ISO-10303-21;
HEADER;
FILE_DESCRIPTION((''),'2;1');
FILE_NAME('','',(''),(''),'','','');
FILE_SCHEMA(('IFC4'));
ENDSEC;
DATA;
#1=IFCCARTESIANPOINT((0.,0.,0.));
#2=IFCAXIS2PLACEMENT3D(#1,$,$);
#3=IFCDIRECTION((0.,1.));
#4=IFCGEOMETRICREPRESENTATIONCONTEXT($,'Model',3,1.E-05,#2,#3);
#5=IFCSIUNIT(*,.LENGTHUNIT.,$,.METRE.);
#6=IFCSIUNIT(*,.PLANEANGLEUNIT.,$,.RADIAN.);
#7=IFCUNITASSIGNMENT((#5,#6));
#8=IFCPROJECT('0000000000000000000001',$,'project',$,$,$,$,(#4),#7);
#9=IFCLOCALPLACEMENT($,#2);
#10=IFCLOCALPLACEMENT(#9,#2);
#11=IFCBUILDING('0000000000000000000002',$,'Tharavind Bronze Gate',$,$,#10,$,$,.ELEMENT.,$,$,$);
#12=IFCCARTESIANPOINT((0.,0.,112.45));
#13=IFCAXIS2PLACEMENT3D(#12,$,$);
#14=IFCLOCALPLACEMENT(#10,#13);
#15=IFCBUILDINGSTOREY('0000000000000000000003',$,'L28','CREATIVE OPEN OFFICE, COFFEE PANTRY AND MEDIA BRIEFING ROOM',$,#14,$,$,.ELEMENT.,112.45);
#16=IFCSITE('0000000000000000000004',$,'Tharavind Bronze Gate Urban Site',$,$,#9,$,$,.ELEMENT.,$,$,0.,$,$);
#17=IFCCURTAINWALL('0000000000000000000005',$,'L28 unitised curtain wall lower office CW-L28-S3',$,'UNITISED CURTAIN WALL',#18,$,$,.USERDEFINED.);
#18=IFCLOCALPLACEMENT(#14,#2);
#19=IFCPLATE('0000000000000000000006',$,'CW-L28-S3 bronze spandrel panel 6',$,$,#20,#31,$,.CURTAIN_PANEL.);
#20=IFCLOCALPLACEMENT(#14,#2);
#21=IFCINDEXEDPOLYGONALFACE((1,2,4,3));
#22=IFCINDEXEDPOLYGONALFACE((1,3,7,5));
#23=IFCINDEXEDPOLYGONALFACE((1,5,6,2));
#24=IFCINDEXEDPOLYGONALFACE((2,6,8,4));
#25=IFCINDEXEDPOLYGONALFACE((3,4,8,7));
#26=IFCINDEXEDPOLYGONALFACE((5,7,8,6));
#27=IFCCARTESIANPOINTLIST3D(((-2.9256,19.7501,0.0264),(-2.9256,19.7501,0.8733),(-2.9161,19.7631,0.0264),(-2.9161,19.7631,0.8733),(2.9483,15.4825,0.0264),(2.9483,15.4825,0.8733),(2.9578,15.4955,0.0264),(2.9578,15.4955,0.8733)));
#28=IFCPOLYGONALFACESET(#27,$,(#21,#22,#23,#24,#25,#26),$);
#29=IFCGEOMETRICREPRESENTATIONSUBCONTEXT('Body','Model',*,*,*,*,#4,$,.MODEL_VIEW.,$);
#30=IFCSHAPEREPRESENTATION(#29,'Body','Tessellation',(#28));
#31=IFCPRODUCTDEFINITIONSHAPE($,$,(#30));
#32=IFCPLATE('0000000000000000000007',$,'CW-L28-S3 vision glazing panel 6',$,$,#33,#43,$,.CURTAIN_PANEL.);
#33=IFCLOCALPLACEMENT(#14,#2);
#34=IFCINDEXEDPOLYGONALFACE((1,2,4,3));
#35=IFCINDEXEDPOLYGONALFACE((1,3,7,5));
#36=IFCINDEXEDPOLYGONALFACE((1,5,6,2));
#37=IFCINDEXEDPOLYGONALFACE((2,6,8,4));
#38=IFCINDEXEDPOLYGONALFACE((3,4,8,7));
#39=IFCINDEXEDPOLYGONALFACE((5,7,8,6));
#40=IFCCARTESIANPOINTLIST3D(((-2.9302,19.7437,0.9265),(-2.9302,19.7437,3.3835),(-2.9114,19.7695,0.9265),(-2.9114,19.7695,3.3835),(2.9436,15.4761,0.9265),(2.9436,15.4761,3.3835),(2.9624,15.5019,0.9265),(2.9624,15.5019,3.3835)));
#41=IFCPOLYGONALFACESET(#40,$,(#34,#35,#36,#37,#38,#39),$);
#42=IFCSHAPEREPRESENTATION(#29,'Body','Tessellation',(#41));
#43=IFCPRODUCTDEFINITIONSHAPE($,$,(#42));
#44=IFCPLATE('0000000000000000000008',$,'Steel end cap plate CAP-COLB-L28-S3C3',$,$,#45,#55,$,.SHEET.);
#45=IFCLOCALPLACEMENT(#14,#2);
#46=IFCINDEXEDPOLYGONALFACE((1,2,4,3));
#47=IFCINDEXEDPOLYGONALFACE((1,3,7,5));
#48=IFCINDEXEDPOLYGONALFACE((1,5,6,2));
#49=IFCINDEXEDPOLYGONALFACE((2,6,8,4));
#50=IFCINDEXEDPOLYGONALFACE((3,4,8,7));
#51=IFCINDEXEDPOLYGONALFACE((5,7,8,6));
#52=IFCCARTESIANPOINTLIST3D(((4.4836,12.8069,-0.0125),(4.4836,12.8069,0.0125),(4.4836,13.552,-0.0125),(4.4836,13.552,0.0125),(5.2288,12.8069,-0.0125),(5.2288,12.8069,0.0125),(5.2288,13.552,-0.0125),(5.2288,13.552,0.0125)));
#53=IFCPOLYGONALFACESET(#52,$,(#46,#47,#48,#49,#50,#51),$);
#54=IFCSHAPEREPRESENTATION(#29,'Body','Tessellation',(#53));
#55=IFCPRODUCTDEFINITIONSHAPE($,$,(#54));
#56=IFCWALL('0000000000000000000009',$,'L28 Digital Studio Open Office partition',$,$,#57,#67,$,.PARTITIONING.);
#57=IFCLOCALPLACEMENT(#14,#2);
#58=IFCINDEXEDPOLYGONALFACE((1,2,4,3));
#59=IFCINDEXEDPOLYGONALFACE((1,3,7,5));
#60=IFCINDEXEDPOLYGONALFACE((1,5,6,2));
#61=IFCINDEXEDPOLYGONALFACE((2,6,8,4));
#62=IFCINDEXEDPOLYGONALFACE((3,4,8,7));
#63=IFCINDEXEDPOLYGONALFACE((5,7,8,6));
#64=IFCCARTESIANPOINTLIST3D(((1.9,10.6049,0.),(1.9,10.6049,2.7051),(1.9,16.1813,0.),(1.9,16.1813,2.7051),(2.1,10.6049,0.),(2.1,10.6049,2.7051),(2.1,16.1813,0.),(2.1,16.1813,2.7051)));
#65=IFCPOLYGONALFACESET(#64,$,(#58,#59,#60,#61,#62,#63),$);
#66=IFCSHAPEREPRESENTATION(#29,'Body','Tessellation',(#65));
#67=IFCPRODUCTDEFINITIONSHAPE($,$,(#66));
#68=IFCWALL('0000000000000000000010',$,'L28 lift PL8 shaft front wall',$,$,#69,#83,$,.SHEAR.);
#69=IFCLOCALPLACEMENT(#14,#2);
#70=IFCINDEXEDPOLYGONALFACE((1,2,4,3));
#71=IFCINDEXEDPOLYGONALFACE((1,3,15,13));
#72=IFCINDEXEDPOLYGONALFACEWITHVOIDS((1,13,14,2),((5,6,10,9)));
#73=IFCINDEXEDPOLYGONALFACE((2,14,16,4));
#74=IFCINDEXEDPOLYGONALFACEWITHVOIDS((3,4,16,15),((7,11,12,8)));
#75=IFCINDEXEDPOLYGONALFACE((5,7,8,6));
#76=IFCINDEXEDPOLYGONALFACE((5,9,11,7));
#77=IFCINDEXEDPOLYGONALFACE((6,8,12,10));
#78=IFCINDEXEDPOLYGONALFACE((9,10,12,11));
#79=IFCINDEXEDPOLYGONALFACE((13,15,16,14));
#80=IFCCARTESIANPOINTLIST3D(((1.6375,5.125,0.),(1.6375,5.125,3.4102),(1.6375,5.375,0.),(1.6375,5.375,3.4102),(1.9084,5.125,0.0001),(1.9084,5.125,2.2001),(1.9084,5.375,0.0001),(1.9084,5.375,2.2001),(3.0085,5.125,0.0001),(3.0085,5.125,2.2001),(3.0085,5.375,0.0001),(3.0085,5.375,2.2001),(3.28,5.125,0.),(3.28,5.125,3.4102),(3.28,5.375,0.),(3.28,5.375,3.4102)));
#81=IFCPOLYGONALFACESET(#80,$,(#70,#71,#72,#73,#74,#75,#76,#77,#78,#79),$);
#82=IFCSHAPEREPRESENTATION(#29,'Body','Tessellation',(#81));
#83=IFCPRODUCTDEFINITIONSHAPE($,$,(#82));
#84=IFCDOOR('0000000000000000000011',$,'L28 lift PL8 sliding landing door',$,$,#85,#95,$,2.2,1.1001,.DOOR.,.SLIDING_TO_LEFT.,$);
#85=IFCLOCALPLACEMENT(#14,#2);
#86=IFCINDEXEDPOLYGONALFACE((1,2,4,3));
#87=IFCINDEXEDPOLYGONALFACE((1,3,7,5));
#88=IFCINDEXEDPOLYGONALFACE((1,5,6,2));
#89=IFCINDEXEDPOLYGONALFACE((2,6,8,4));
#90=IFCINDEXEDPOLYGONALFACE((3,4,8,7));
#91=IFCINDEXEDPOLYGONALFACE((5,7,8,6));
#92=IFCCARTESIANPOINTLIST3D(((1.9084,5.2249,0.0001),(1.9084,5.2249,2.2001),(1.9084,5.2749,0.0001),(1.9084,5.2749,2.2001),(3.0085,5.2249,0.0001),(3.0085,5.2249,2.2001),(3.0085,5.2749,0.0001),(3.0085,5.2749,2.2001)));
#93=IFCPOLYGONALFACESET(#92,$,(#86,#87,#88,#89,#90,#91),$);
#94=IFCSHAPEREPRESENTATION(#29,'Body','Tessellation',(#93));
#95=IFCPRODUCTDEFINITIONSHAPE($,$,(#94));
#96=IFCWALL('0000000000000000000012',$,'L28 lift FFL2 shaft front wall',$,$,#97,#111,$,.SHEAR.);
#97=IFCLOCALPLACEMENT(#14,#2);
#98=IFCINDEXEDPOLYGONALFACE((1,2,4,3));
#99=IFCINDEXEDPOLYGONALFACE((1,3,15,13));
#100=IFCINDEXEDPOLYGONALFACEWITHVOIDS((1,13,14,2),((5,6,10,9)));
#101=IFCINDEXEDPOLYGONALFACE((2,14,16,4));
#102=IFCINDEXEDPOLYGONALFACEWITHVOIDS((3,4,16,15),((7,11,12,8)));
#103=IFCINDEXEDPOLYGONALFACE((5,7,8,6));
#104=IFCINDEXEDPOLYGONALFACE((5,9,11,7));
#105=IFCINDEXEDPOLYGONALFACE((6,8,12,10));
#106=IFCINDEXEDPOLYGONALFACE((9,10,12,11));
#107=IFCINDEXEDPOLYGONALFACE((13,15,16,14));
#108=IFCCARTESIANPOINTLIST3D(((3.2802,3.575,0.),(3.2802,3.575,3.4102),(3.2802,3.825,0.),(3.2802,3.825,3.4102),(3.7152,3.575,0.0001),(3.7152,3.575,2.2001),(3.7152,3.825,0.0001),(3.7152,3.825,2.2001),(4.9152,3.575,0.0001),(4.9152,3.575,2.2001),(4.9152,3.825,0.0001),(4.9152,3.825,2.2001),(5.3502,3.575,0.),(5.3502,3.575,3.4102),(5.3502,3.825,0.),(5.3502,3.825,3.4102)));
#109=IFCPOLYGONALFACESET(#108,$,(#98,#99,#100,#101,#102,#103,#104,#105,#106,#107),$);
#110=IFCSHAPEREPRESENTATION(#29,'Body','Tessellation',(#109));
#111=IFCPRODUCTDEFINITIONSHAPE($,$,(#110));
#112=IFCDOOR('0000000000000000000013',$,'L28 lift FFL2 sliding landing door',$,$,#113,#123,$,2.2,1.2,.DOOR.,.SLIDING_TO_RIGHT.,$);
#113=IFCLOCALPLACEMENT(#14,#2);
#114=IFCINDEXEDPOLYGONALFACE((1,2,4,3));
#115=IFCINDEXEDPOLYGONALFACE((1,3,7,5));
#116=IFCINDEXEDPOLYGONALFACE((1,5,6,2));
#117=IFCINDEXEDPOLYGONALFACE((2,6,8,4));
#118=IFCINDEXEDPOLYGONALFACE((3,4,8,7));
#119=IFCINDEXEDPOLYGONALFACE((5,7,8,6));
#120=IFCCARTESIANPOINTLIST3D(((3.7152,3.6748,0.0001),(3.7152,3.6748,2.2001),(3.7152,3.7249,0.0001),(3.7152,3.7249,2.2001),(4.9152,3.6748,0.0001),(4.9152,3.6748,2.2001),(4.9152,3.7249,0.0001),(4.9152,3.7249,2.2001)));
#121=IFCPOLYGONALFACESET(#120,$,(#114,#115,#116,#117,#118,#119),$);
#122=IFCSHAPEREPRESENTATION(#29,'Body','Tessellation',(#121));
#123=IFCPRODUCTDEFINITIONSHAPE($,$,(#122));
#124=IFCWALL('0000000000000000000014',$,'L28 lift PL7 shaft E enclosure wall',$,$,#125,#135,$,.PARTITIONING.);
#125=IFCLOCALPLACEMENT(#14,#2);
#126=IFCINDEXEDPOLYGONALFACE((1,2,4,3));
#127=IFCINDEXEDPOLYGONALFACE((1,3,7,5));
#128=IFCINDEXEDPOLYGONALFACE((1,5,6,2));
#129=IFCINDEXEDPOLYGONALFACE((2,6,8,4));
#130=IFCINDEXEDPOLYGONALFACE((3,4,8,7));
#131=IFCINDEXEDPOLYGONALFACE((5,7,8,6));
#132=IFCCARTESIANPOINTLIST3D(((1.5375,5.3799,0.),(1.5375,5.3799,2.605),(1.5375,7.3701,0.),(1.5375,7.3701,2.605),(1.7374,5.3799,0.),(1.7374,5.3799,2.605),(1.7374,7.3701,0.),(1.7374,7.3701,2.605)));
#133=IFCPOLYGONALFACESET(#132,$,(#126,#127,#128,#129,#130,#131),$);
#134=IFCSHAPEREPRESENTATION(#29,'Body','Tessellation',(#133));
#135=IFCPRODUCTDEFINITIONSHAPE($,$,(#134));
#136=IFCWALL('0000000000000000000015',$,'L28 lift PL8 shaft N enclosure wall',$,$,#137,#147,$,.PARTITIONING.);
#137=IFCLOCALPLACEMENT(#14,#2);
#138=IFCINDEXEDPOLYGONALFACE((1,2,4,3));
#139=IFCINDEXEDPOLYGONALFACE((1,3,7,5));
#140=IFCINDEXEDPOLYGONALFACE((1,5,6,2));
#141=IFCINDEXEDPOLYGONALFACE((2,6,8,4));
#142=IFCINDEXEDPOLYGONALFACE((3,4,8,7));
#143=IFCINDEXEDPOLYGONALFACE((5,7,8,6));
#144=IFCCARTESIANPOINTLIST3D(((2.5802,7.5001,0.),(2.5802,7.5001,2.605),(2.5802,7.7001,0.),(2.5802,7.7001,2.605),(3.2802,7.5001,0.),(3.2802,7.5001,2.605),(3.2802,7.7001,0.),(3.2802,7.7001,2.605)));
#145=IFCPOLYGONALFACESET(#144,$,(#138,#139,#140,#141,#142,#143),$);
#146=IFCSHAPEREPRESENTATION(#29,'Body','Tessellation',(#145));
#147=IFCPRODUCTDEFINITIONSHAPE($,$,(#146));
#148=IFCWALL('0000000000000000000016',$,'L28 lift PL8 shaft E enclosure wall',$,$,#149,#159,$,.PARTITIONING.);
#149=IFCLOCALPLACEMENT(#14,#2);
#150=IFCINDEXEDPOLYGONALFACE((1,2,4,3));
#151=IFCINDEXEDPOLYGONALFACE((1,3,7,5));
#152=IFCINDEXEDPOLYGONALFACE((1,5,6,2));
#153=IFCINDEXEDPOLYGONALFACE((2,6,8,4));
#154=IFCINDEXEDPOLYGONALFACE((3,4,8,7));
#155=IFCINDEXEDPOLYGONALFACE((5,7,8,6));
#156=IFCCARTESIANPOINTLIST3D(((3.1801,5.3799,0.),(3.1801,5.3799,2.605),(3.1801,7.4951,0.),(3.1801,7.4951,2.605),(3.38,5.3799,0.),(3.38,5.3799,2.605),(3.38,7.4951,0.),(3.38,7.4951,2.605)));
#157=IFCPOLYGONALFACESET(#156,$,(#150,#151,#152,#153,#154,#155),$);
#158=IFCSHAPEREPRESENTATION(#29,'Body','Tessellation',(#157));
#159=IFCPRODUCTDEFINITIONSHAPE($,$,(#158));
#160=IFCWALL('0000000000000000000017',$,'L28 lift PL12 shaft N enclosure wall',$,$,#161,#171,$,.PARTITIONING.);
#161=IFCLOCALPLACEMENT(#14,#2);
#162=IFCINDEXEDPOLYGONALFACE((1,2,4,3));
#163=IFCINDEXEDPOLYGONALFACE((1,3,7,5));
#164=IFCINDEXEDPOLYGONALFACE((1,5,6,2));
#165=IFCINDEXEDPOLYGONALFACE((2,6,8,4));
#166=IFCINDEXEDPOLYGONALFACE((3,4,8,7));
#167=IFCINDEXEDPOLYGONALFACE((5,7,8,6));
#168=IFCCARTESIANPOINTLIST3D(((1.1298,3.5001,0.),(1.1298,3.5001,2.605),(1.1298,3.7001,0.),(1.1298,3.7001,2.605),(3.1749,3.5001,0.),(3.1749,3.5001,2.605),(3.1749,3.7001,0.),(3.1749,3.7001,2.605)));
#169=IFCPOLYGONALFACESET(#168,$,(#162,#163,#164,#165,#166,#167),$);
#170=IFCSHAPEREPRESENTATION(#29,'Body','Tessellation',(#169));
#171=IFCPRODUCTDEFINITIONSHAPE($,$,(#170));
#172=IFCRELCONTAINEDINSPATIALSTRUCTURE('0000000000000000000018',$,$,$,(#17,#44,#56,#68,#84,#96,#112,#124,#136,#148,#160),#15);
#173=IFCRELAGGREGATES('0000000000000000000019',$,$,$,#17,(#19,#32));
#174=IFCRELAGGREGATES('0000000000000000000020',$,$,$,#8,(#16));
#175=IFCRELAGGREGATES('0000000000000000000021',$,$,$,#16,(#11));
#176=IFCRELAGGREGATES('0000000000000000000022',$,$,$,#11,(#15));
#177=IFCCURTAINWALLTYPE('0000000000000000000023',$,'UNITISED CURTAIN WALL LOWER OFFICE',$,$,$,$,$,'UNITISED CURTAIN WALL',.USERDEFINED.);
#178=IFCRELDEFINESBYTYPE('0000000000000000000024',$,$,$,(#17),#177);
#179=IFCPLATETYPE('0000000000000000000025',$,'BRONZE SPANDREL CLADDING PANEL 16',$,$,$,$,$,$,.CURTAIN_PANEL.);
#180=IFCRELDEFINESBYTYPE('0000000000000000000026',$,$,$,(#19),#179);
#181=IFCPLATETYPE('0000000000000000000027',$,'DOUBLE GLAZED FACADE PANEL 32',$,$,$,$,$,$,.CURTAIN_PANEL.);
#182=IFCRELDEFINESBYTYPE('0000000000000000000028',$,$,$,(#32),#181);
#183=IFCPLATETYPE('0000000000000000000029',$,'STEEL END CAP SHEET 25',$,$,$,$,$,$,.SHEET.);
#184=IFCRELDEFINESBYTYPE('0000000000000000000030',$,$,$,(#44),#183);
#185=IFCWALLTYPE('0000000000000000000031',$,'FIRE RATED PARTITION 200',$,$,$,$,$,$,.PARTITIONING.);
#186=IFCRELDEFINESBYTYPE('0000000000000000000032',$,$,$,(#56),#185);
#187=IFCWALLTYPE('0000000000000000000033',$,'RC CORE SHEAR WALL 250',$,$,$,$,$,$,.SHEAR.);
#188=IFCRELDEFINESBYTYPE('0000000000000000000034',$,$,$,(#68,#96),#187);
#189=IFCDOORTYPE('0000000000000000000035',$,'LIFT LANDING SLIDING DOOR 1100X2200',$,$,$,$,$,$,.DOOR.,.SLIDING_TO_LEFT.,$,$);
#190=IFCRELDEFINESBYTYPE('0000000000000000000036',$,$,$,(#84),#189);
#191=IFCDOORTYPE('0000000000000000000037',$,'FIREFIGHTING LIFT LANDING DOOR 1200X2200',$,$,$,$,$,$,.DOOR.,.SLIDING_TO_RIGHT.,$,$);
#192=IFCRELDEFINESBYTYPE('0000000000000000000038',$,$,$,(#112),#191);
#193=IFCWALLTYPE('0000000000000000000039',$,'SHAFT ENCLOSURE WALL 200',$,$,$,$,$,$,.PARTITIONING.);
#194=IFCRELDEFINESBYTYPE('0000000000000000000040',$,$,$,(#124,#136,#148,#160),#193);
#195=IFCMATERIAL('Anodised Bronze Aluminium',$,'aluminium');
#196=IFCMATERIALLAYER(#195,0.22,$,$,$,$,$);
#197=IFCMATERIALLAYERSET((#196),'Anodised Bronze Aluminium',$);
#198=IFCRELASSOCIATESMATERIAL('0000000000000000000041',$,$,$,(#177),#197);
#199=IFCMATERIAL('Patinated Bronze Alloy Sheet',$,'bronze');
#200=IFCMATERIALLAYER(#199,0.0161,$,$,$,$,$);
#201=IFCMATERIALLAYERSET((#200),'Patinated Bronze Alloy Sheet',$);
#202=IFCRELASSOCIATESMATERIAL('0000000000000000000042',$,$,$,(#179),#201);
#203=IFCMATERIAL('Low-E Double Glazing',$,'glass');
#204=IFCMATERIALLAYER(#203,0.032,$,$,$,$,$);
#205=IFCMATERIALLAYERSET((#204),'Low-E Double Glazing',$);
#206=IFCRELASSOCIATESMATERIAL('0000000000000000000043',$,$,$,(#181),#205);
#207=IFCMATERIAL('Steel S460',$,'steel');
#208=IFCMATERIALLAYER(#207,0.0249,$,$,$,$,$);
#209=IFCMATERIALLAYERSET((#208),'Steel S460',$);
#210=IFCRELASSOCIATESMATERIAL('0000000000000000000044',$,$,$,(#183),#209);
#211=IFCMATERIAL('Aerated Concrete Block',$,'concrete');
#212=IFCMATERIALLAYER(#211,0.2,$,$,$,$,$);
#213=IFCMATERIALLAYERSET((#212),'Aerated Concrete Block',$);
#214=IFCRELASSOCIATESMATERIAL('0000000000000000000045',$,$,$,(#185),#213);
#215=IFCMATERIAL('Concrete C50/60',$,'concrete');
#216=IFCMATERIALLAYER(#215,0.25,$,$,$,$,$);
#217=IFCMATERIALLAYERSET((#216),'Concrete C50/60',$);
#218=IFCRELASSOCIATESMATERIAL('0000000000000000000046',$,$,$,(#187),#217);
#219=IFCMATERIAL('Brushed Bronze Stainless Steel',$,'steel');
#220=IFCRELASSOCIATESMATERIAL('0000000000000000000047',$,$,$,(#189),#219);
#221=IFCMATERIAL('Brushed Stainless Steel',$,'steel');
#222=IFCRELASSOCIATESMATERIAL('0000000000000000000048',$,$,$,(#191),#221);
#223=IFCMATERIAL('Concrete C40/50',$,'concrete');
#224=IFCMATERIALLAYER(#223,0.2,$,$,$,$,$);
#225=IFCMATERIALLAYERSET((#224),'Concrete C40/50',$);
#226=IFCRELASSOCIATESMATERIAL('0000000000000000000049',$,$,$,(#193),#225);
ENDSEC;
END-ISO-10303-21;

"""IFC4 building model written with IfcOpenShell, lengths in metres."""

from ifc_helpers import new_model, si_unit, direction, frame, frame_2d, origin, origin_2d, place, context, subcontext, project, spatial, rectangle, extrude, material, layer, layer_set, type_object, element, fill, aggregate, save


model = new_model("IFC4")

# Units and contexts
model_context = context("Model", 3, precision=1e-05, world=origin(), true_north=direction((0.0, 1.0)))
body_context = subcontext(model_context, "Body", "Model", "MODEL_VIEW")
ifc_project = project(units=[si_unit("LENGTHUNIT", "METRE"), si_unit("PLANEANGLEUNIT", "RADIAN")], contexts=[model_context])

# Site, building, storey
site_placement = place(None, origin())
site = spatial("IfcSite", under=ifc_project, at=site_placement, Name="Tharavind Bronze Gate Urban Site", CompositionType="ELEMENT", RefElevation=0.0)
building_placement = place(site_placement, origin())
building = spatial("IfcBuilding", under=site, at=building_placement, Name="Tharavind Bronze Gate", CompositionType="ELEMENT")
storey_placement = place(building_placement, frame((0.0, 0.0, 112.45)))
storey = spatial("IfcBuildingStorey", under=building, at=storey_placement, Name="L28", Description="CREATIVE OPEN OFFICE, COFFEE PANTRY AND MEDIA BRIEFING ROOM", CompositionType="ELEMENT", Elevation=112.45)

# Shared definitions
ifc_material_1 = material(Name="Steel S460", Category="steel")

# Curtain wall
ifc_material_2 = material(Name="Anodised Bronze Aluminium", Category="aluminium")
ifc_layer_1 = layer(ifc_material_2, 0.22)
ifc_layer_set_1 = layer_set([ifc_layer_1], Name="Anodised Bronze Aluminium")
curtain_wall_type = type_object("IfcCurtainWallType", Name="UNITISED CURTAIN WALL LOWER OFFICE", ElementType="UNITISED CURTAIN WALL", PredefinedType="USERDEFINED", material=ifc_layer_set_1)
curtain_wall_placement = place(storey_placement, origin())
curtain_wall = element("IfcCurtainWall", 1, at=curtain_wall_placement, inside=storey, type_object=curtain_wall_type, Name="L28 unitised curtain wall lower office CW-L28-S3", ObjectType="UNITISED CURTAIN WALL", PredefinedType="USERDEFINED")

# Plates
ifc_material_3 = material(Name="Patinated Bronze Alloy Sheet", Category="bronze")
ifc_layer_2 = layer(ifc_material_3, 0.0161)
ifc_layer_set_2 = layer_set([ifc_layer_2], Name="Patinated Bronze Alloy Sheet")
plate_type_1 = type_object("IfcPlateType", Name="BRONZE SPANDREL CLADDING PANEL 16", PredefinedType="CURTAIN_PANEL", material=ifc_layer_set_2)
plate_1_placement = place(storey_placement, frame((0.0161, 17.6228, 0.0264), z_axis=(0.0, 0.0, 1.0), x_axis=(-0.809017, 0.587785, 0.0)))
plate_1 = element("IfcPlate", 2, at=plate_1_placement, type_object=plate_type_1, Name="CW-L28-S3 bronze spandrel panel 6", PredefinedType="CURTAIN_PANEL", context=body_context, shape_type="SweptSolid", body=[
    extrude(rectangle(XDim=7.2605, YDim=0.0161, at=origin_2d()), origin(), (0.0, 0.0, 1.0), 0.8469),
])
ifc_material_4 = material(Name="Low-E Double Glazing", Category="glass")
ifc_layer_3 = layer(ifc_material_4, 0.032)
ifc_layer_set_3 = layer_set([ifc_layer_3], Name="Low-E Double Glazing")
plate_type_2 = type_object("IfcPlateType", Name="DOUBLE GLAZED FACADE PANEL 32", PredefinedType="CURTAIN_PANEL", material=ifc_layer_set_3)
plate_2_placement = place(storey_placement, frame((0.0161, 17.6228, 0.9265), z_axis=(0.0, 0.0, 1.0), x_axis=(-0.809017, 0.587785, 0.0)))
plate_2 = element("IfcPlate", 3, at=plate_2_placement, type_object=plate_type_2, Name="CW-L28-S3 vision glazing panel 6", PredefinedType="CURTAIN_PANEL", context=body_context, shape_type="SweptSolid", body=[
    extrude(rectangle(XDim=7.2605, YDim=0.032, at=origin_2d()), origin(), (0.0, 0.0, 1.0), 2.457),
])
aggregate(curtain_wall, [plate_1, plate_2])
ifc_layer_4 = layer(ifc_material_1, 0.0249)
ifc_layer_set_4 = layer_set([ifc_layer_4], Name="Steel S460")
plate_type_3 = type_object("IfcPlateType", Name="STEEL END CAP SHEET 25", PredefinedType="SHEET", material=ifc_layer_set_4)
plate_3_placement = place(storey_placement, frame((4.8562, 13.1794, -0.0125), z_axis=(0.0, 0.0, 1.0), x_axis=(1.0, 0.0, 0.0)))
element("IfcPlate", 4, at=plate_3_placement, inside=storey, type_object=plate_type_3, Name="Steel end cap plate CAP-COLB-L28-S3C3", PredefinedType="SHEET", context=body_context, shape_type="SweptSolid", body=[
    extrude(rectangle(XDim=0.7451, YDim=0.7451, at=origin_2d()), origin(), (0.0, 0.0, 1.0), 0.0249),
])

# Wall
ifc_material_5 = material(Name="Aerated Concrete Block", Category="concrete")
ifc_layer_5 = layer(ifc_material_5, 0.2)
ifc_layer_set_5 = layer_set([ifc_layer_5], Name="Aerated Concrete Block")
wall_type_1 = type_object("IfcWallType", Name="FIRE RATED PARTITION 200", PredefinedType="PARTITIONING", material=ifc_layer_set_5)
wall_1_placement = place(storey_placement, frame((2.0, 10.605, 0.0), z_axis=(0.0, 0.0, 1.0), x_axis=(0.0, 1.0, 0.0)))
element("IfcWall", 5, at=wall_1_placement, inside=storey, type_object=wall_type_1, Name="L28 Digital Studio Open Office partition", PredefinedType="PARTITIONING", context=body_context, shape_type="SweptSolid", body=[
    extrude(rectangle(XDim=5.5764, YDim=0.2, at=frame_2d((2.7881, 0.0))), origin(), (0.0, 0.0, 1.0), 2.7051),
])

# Walls, openings, doors
ifc_material_6 = material(Name="Concrete C50/60", Category="concrete")
ifc_layer_6 = layer(ifc_material_6, 0.25)
ifc_layer_set_6 = layer_set([ifc_layer_6], Name="Concrete C50/60")
wall_type_2 = type_object("IfcWallType", Name="RC CORE SHEAR WALL 250", PredefinedType="SHEAR", material=ifc_layer_set_6)
wall_2_placement = place(storey_placement, frame((1.6375, 5.25, 0.0), z_axis=(0.0, 0.0, 1.0), x_axis=(1.0, 0.0, 0.0)))
wall_2 = element("IfcWall", 6, at=wall_2_placement, inside=storey, type_object=wall_type_2, Name="L28 lift PL8 shaft front wall", PredefinedType="SHEAR", context=body_context, shape_type="SweptSolid", body=[
    extrude(rectangle(XDim=1.6426, YDim=0.25, at=frame_2d((0.8213, 0.0))), origin(), (0.0, 0.0, 1.0), 3.4102),
])
opening_1_placement = place(wall_2_placement, frame((0.271, 0.0, 0.0)))
opening_1 = element("IfcOpeningElement", 7, at=opening_1_placement, cuts=wall_2, PredefinedType="OPENING", context=body_context, shape_type="SweptSolid", body=[
    extrude(rectangle(XDim=1.1001, YDim=2.2, at=frame_2d((0.55, 1.1001))), frame((0.0, 0.135, 0.0), z_axis=(0.0, -1.0, 0.0), x_axis=(1.0, 0.0, 0.0)), (0.0, 0.0, 1.0), 0.27),
])
ifc_material_7 = material(Name="Brushed Bronze Stainless Steel", Category="steel")
door_type_1 = type_object("IfcDoorType", Name="LIFT LANDING SLIDING DOOR 1100X2200", OperationType="SLIDING_TO_LEFT", PredefinedType="DOOR", material=ifc_material_7)
door_1_placement = place(opening_1_placement, origin())
door_1 = element("IfcDoor", 8, at=door_1_placement, inside=storey, type_object=door_type_1, Name="L28 lift PL8 sliding landing door", OperationType="SLIDING_TO_LEFT", OverallHeight=2.2, OverallWidth=1.1001, PredefinedType="DOOR", context=body_context, shape_type="SweptSolid", body=[
    extrude(rectangle(XDim=1.1001, YDim=2.2, at=frame_2d((0.55, 1.1001))), frame((0.0, 0.0249, 0.0), z_axis=(0.0, -1.0, 0.0), x_axis=(1.0, 0.0, 0.0)), (0.0, 0.0, 1.0), 0.05),
])
fill(opening_1, door_1)
wall_3_placement = place(storey_placement, frame((3.28, 3.7, 0.0), z_axis=(0.0, 0.0, 1.0), x_axis=(1.0, 0.0, 0.0)))
wall_3 = element("IfcWall", 9, at=wall_3_placement, inside=storey, type_object=wall_type_2, Name="L28 lift FFL2 shaft front wall", PredefinedType="SHEAR", context=body_context, shape_type="SweptSolid", body=[
    extrude(rectangle(XDim=2.0701, YDim=0.25, at=frame_2d((1.0352, 0.0))), origin(), (0.0, 0.0, 1.0), 3.4102),
])
opening_2_placement = place(wall_3_placement, frame((0.4351, 0.0, 0.0)))
opening_2 = element("IfcOpeningElement", 10, at=opening_2_placement, cuts=wall_3, PredefinedType="OPENING", context=body_context, shape_type="SweptSolid", body=[
    extrude(rectangle(XDim=1.2, YDim=2.2, at=frame_2d((0.6001, 1.1001))), frame((0.0, 0.135, 0.0), z_axis=(0.0, -1.0, 0.0), x_axis=(1.0, 0.0, 0.0)), (0.0, 0.0, 1.0), 0.27),
])
ifc_material_8 = material(Name="Brushed Stainless Steel", Category="steel")
door_type_2 = type_object("IfcDoorType", Name="FIREFIGHTING LIFT LANDING DOOR 1200X2200", OperationType="SLIDING_TO_RIGHT", PredefinedType="DOOR", material=ifc_material_8)
door_2_placement = place(opening_2_placement, origin())
door_2 = element("IfcDoor", 11, at=door_2_placement, inside=storey, type_object=door_type_2, Name="L28 lift FFL2 sliding landing door", OperationType="SLIDING_TO_RIGHT", OverallHeight=2.2, OverallWidth=1.2, PredefinedType="DOOR", context=body_context, shape_type="SweptSolid", body=[
    extrude(rectangle(XDim=1.2, YDim=2.2, at=frame_2d((0.6001, 1.1001))), frame((0.0, 0.0249, 0.0), z_axis=(0.0, -1.0, 0.0), x_axis=(1.0, 0.0, 0.0)), (0.0, 0.0, 1.0), 0.05),
])
fill(opening_2, door_2)

# Walls
ifc_material_9 = material(Name="Concrete C40/50", Category="concrete")
ifc_layer_7 = layer(ifc_material_9, 0.2)
ifc_layer_set_7 = layer_set([ifc_layer_7], Name="Concrete C40/50")
wall_type_3 = type_object("IfcWallType", Name="SHAFT ENCLOSURE WALL 200", PredefinedType="PARTITIONING", material=ifc_layer_set_7)
wall_4_placement = place(storey_placement, frame((1.6375, 5.3799, 0.0), z_axis=(0.0, 0.0, 1.0), x_axis=(0.0, 1.0, 0.0)))
element("IfcWall", 12, at=wall_4_placement, inside=storey, type_object=wall_type_3, Name="L28 lift PL7 shaft E enclosure wall", PredefinedType="PARTITIONING", context=body_context, shape_type="SweptSolid", body=[
    extrude(rectangle(XDim=1.9902, YDim=0.2, at=frame_2d((0.9951, 0.0))), origin(), (0.0, 0.0, 1.0), 2.605),
])
wall_5_placement = place(storey_placement, frame((2.5801, 7.6001, 0.0), z_axis=(0.0, 0.0, 1.0), x_axis=(1.0, 0.0, 0.0)))
element("IfcWall", 13, at=wall_5_placement, inside=storey, type_object=wall_type_3, Name="L28 lift PL8 shaft N enclosure wall", PredefinedType="PARTITIONING", context=body_context, shape_type="SweptSolid", body=[
    extrude(rectangle(XDim=0.7, YDim=0.2, at=frame_2d((0.3501, 0.0))), origin(), (0.0, 0.0, 1.0), 2.605),
])
wall_6_placement = place(storey_placement, frame((3.28, 5.3799, 0.0), z_axis=(0.0, 0.0, 1.0), x_axis=(0.0, 1.0, 0.0)))
element("IfcWall", 14, at=wall_6_placement, inside=storey, type_object=wall_type_3, Name="L28 lift PL8 shaft E enclosure wall", PredefinedType="PARTITIONING", context=body_context, shape_type="SweptSolid", body=[
    extrude(rectangle(XDim=2.1152, YDim=0.2, at=frame_2d((1.0576, 0.0))), origin(), (0.0, 0.0, 1.0), 2.605),
])
wall_7_placement = place(storey_placement, frame((1.1299, 3.6001, 0.0), z_axis=(0.0, 0.0, 1.0), x_axis=(1.0, 0.0, 0.0)))
element("IfcWall", 15, at=wall_7_placement, inside=storey, type_object=wall_type_3, Name="L28 lift PL12 shaft N enclosure wall", PredefinedType="PARTITIONING", context=body_context, shape_type="SweptSolid", body=[
    extrude(rectangle(XDim=2.0452, YDim=0.2, at=frame_2d((1.0225, 0.0))), origin(), (0.0, 0.0, 1.0), 2.605),
])

save(model, "model.ifc")
